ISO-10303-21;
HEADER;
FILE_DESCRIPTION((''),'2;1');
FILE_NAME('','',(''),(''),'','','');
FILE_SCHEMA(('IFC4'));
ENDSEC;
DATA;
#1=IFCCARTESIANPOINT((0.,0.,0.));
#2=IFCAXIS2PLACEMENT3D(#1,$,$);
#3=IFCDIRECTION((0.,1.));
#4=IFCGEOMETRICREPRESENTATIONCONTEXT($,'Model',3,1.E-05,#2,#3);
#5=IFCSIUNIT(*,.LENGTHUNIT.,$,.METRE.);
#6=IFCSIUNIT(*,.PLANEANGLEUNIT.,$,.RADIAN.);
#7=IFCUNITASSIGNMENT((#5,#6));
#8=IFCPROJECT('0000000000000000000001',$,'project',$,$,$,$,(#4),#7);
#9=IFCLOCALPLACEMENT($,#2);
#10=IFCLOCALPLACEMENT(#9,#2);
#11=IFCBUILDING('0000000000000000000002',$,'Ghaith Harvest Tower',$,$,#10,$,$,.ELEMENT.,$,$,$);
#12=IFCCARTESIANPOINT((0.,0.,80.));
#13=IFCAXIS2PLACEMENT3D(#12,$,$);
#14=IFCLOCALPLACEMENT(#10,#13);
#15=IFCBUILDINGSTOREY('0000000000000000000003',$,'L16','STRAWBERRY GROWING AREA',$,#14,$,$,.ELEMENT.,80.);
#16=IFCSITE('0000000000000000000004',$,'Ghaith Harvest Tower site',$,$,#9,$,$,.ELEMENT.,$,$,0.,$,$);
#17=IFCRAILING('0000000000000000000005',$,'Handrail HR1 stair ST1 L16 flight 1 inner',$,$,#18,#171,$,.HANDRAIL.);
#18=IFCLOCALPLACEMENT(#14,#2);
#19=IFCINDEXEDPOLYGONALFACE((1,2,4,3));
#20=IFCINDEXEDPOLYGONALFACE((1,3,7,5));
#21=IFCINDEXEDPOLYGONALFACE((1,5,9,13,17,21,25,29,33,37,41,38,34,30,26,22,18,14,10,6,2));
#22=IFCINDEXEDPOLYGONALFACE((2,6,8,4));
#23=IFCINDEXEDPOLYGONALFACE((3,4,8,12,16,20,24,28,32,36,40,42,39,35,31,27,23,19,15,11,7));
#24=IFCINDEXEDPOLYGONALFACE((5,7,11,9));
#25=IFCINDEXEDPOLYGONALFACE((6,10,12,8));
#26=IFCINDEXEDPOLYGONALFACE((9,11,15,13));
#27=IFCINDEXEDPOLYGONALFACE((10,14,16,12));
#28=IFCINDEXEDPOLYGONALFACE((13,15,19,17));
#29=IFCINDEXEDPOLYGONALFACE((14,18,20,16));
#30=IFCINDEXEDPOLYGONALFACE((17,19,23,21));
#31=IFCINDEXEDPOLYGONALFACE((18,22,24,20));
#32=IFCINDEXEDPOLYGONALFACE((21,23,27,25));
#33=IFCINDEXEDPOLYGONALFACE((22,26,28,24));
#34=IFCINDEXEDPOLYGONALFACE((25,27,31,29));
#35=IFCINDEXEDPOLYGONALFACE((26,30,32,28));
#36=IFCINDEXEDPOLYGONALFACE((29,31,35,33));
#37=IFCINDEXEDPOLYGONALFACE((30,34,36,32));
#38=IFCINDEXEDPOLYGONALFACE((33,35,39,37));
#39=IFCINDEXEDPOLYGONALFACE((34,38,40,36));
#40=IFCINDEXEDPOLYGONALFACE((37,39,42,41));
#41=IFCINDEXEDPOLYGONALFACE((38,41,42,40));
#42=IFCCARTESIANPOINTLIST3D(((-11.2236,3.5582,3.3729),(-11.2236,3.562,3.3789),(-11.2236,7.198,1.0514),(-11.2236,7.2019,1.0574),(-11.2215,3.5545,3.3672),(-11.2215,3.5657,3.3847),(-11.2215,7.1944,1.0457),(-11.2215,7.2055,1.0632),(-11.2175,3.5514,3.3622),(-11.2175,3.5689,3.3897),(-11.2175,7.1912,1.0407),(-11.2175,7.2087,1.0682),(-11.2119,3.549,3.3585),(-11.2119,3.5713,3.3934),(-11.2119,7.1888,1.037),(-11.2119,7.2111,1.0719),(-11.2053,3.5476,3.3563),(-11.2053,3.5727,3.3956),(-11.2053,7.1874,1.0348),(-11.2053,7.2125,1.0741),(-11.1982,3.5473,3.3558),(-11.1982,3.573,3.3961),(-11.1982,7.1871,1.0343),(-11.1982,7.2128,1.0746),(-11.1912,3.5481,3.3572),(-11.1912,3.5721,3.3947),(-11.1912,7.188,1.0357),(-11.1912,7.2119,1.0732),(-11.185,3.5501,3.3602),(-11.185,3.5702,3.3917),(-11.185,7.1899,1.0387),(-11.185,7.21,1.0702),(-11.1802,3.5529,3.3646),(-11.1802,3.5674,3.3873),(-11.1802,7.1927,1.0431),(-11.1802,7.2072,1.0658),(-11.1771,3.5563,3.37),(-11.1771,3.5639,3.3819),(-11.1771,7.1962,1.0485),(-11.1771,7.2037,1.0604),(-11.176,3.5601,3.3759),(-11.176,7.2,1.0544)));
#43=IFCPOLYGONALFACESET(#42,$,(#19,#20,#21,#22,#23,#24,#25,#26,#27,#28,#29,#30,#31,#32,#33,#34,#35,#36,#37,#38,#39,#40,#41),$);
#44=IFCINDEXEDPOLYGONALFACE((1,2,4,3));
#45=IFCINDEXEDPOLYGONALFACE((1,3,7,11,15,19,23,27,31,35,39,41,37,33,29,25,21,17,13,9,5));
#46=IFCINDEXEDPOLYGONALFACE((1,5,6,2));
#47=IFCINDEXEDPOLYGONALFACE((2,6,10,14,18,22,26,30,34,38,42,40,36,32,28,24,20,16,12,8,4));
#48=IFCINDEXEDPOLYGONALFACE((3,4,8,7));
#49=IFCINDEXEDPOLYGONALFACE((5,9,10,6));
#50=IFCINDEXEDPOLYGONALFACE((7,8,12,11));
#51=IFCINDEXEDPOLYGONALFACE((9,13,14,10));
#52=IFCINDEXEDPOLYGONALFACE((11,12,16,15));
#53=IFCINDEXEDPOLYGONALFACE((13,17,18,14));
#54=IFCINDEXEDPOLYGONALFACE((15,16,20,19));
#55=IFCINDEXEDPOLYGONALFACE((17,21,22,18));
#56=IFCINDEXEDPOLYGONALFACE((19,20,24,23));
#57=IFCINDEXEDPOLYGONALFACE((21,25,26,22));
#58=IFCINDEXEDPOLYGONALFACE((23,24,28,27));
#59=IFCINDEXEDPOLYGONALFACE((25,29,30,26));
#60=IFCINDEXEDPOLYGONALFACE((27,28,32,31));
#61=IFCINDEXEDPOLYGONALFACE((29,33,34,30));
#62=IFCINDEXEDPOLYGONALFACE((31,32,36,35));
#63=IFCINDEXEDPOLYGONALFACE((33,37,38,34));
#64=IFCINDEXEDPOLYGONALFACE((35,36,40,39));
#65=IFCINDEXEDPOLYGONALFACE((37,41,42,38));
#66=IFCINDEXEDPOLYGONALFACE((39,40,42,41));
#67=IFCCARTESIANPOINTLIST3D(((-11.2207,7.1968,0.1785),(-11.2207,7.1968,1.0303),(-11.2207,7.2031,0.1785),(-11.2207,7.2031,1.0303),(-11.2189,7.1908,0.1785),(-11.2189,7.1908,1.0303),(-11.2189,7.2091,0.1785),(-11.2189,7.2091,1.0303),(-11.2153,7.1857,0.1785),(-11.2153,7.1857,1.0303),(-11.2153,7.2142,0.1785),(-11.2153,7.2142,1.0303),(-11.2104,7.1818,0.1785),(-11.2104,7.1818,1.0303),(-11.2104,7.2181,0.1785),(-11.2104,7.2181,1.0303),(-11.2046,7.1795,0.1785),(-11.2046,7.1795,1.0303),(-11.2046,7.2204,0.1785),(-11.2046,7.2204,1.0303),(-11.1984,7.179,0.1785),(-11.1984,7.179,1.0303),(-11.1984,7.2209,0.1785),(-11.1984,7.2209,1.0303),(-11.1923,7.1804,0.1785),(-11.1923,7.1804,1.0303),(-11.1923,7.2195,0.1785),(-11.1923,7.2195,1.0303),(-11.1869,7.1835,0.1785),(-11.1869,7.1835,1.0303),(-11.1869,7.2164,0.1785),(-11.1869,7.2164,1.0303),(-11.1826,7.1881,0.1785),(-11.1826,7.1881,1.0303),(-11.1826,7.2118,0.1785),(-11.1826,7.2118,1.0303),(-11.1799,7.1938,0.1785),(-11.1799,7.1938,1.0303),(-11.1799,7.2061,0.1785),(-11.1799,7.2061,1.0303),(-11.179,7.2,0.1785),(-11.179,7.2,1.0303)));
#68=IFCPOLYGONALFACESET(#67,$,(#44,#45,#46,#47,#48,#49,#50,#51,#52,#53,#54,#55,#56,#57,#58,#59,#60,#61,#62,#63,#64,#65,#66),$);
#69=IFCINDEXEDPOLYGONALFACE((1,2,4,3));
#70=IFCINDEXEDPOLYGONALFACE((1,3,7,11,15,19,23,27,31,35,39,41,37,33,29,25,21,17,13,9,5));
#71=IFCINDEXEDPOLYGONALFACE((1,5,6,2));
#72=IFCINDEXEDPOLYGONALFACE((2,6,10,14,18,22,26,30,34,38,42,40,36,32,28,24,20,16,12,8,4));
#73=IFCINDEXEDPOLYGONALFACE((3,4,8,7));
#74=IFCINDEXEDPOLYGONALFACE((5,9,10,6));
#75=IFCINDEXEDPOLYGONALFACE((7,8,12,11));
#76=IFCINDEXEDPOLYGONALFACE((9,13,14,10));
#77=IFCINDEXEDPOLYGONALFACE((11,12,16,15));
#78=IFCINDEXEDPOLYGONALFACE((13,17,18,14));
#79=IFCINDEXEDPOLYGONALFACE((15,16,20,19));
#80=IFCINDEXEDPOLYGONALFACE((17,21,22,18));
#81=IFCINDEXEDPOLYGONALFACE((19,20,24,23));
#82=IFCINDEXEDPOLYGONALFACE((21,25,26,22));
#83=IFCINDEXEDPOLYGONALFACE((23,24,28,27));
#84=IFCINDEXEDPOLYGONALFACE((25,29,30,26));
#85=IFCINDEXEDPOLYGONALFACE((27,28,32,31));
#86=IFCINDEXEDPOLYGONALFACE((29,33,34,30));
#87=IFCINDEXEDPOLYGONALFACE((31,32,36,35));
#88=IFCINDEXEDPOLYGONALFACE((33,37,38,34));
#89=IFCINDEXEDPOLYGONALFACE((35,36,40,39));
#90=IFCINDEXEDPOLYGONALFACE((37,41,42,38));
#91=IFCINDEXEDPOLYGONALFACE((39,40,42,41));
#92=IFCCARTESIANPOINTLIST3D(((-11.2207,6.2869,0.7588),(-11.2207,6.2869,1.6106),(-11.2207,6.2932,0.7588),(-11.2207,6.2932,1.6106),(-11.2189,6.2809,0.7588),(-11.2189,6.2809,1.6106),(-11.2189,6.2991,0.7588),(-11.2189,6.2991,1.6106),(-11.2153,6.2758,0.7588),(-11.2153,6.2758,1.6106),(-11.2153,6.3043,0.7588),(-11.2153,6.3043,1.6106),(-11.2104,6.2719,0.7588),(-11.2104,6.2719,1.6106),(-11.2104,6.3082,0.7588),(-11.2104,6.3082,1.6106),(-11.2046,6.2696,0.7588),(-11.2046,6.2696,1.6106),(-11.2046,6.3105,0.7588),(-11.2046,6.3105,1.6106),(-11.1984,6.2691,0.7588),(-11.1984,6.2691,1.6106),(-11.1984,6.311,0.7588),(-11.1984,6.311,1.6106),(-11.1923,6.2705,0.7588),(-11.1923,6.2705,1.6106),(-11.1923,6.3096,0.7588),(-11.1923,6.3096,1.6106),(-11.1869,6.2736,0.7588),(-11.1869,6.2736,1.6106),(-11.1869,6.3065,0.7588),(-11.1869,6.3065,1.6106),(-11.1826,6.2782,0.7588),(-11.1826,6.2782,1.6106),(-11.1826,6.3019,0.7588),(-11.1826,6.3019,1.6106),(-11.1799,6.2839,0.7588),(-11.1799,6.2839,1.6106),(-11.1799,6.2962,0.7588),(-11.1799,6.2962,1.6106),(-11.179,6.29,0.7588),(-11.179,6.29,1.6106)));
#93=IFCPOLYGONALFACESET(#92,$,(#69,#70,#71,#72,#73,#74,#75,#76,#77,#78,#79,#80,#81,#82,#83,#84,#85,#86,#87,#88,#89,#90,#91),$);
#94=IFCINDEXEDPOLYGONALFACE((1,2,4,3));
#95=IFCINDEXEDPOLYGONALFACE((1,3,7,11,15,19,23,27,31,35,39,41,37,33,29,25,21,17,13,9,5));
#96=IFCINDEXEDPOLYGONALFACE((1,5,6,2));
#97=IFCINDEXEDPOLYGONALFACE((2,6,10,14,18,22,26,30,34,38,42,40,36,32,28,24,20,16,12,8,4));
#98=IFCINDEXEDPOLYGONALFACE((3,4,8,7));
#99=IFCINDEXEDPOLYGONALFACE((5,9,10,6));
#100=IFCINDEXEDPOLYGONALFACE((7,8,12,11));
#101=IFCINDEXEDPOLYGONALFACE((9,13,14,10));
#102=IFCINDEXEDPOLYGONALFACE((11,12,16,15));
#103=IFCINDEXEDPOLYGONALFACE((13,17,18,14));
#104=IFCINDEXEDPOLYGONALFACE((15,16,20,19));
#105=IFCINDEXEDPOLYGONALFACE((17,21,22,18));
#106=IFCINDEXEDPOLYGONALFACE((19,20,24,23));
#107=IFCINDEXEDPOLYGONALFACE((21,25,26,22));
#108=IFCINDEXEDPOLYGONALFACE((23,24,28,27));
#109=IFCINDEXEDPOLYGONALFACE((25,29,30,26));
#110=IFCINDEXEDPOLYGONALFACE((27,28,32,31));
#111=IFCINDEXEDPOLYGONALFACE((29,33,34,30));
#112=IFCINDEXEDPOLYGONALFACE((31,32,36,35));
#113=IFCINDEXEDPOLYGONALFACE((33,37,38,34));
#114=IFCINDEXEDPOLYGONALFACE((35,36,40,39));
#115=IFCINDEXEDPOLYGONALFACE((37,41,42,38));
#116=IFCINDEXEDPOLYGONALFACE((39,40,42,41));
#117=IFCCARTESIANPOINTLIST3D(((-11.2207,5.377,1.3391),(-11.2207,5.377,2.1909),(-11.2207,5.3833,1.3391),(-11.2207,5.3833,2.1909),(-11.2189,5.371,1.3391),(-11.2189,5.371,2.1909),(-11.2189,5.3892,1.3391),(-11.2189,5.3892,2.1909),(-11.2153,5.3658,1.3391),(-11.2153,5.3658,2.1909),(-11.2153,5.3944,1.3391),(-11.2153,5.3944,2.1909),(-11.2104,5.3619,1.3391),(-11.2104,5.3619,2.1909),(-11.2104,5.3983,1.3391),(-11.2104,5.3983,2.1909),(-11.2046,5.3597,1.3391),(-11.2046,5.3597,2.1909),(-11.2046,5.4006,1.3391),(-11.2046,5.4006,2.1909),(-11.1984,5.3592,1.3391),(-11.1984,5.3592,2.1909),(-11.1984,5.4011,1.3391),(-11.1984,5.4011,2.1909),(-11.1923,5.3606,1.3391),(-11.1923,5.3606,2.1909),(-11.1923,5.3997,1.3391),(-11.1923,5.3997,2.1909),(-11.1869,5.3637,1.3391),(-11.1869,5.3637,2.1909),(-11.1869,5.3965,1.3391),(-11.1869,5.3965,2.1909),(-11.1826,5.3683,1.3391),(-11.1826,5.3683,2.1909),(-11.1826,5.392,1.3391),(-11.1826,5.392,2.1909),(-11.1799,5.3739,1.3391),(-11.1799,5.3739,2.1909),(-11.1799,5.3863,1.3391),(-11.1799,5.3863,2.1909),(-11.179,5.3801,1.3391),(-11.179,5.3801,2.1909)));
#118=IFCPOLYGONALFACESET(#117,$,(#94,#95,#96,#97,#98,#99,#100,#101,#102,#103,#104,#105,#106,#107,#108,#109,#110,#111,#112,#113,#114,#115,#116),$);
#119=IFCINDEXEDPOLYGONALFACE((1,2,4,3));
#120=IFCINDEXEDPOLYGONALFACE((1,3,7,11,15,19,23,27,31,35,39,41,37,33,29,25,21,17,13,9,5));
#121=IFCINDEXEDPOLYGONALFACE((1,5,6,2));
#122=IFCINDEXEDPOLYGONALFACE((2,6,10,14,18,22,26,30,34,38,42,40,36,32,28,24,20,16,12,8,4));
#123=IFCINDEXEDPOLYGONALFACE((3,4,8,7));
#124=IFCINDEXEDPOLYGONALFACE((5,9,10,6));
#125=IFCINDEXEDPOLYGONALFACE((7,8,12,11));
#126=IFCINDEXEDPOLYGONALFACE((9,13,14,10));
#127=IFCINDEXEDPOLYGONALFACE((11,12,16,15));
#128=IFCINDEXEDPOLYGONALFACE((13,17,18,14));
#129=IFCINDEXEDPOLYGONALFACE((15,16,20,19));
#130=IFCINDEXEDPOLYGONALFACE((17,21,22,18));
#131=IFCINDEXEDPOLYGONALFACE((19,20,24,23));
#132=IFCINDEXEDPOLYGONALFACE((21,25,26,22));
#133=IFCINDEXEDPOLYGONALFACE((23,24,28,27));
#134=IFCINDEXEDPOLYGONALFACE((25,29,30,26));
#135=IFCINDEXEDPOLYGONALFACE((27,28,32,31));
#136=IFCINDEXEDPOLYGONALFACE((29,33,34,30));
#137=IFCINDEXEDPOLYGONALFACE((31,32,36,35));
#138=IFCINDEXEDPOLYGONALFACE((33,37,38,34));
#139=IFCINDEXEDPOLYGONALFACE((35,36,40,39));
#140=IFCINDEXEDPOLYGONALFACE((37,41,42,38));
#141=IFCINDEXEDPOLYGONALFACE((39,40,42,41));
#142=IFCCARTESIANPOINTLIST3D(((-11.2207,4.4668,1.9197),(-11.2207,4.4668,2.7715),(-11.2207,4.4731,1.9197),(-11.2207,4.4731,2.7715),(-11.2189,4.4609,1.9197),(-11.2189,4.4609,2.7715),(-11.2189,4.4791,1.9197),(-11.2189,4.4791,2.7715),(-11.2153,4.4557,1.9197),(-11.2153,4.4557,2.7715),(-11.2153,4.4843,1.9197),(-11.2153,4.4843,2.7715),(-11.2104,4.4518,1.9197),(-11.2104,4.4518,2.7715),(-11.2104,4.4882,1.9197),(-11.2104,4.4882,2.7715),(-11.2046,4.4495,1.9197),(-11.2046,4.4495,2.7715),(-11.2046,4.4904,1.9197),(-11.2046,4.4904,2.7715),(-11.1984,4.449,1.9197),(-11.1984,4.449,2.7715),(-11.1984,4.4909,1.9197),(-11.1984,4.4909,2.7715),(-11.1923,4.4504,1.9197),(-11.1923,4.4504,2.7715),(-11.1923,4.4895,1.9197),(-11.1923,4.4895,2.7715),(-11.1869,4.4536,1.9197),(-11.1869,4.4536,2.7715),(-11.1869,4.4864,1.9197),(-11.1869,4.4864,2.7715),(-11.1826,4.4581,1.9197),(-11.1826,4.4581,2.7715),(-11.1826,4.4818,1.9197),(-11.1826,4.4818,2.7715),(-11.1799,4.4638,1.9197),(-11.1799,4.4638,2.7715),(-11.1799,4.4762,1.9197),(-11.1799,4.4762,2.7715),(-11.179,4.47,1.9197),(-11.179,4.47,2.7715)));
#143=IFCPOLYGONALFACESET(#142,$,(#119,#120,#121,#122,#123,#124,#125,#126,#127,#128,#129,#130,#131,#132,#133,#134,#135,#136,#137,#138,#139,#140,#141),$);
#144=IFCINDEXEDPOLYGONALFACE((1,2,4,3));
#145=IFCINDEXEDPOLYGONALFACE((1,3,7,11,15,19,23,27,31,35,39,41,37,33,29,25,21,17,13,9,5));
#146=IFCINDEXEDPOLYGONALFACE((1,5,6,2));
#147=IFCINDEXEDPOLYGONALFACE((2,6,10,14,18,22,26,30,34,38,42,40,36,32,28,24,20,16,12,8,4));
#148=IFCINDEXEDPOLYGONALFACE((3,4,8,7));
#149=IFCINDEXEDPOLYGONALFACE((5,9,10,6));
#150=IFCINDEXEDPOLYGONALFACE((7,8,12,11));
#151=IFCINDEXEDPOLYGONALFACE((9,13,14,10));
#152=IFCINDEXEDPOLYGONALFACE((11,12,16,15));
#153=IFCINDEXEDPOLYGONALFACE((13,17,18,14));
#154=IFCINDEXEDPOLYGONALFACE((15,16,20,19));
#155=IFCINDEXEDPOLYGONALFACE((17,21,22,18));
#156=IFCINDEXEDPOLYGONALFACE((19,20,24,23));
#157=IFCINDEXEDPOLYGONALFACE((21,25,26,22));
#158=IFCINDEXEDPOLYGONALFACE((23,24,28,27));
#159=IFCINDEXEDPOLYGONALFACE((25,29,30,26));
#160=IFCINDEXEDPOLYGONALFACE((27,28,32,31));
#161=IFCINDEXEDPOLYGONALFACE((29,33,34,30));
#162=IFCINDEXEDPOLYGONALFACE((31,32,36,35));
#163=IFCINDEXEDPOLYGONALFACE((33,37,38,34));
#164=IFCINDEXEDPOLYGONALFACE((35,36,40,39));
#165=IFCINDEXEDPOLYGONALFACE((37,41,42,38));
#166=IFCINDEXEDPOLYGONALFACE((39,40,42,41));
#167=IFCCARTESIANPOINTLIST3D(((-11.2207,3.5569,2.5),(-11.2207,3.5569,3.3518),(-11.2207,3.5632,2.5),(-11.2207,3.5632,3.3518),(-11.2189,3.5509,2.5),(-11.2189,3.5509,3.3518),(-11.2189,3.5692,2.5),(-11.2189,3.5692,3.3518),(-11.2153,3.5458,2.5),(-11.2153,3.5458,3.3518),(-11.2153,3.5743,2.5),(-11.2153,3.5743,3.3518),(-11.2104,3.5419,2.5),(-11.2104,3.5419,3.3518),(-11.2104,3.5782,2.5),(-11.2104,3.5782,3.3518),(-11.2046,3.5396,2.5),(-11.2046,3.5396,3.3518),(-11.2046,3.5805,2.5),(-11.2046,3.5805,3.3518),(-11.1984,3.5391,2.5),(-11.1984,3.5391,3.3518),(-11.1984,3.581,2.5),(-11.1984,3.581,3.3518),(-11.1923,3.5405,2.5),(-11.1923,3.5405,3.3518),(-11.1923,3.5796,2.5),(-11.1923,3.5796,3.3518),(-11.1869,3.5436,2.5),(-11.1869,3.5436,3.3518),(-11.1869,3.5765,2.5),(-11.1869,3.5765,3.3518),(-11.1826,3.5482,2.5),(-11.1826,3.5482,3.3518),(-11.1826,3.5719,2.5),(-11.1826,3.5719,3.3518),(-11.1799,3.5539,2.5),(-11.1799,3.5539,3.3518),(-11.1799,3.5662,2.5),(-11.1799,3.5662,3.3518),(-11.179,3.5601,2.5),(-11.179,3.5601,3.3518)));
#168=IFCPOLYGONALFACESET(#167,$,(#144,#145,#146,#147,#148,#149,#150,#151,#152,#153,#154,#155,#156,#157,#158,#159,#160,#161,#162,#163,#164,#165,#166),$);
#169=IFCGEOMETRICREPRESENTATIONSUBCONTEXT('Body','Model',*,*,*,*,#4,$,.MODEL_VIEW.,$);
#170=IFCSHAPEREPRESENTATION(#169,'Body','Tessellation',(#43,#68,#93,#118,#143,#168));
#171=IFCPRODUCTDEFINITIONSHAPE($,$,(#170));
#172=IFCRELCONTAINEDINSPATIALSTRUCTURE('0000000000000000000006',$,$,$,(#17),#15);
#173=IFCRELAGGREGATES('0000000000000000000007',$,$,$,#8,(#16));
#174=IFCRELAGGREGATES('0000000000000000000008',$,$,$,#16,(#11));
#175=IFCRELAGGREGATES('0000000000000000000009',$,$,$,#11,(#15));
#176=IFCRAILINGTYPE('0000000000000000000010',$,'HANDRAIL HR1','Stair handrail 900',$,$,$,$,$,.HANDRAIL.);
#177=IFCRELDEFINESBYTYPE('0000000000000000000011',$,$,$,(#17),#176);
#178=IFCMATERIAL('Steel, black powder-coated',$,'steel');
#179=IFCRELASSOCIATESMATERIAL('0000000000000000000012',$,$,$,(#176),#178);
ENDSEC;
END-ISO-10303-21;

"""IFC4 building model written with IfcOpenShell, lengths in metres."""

from ifc_helpers import new_model, si_unit, direction, frame, origin, origin_2d, place, context, subcontext, project, spatial, circle, extrude, material, type_object, element, save


model = new_model("IFC4")

# Units and contexts
model_context = context("Model", 3, precision=1e-05, world=origin(), true_north=direction((0.0, 1.0)))
body_context = subcontext(model_context, "Body", "Model", "MODEL_VIEW")
ifc_project = project(units=[si_unit("LENGTHUNIT", "METRE"), si_unit("PLANEANGLEUNIT", "RADIAN")], contexts=[model_context])

# Site, building, storey
site_placement = place(None, origin())
site = spatial("IfcSite", under=ifc_project, at=site_placement, Name="Ghaith Harvest Tower site", CompositionType="ELEMENT", RefElevation=0.0)
building_placement = place(site_placement, origin())
building = spatial("IfcBuilding", under=site, at=building_placement, Name="Ghaith Harvest Tower", CompositionType="ELEMENT")
storey_placement = place(building_placement, frame((0.0, 0.0, 80.0)))
storey = spatial("IfcBuildingStorey", under=building, at=storey_placement, Name="L16", Description="STRAWBERRY GROWING AREA", CompositionType="ELEMENT", Elevation=80.0)

# Railing
ifc_material_1 = material(Name="Steel, black powder-coated", Category="steel")
railing_type = type_object("IfcRailingType", Name="HANDRAIL HR1", Description="Stair handrail 900", PredefinedType="HANDRAIL", material=ifc_material_1)
railing_1_placement = place(storey_placement, frame((-11.2, 7.2, 0.1785)))
element("IfcRailing", 1, at=railing_1_placement, inside=storey, type_object=railing_type, Name="Handrail HR1 stair ST1 L16 flight 1 inner", PredefinedType="HANDRAIL", context=body_context, shape_type="SweptSolid", body=[
    extrude(circle(Radius=0.0239, at=origin_2d()), frame((0.0, 0.0, 0.876), z_axis=(0.0, -0.843112, 0.537739), x_axis=(1.0, 0.0, 0.0)), (0.0, 0.0, 1.0), 4.3171),
    extrude(circle(Radius=0.021, at=origin_2d()), origin(), (0.0, 0.0, 1.0), 0.8518),
    extrude(circle(Radius=0.021, at=origin_2d()), frame((0.0, -0.9099, 0.5803)), (0.0, 0.0, 1.0), 0.8518),
    extrude(circle(Radius=0.021, at=origin_2d()), frame((0.0, -1.8198, 1.1606)), (0.0, 0.0, 1.0), 0.8518),
    extrude(circle(Radius=0.021, at=origin_2d()), frame((0.0, -2.73, 1.7412)), (0.0, 0.0, 1.0), 0.8518),
    extrude(circle(Radius=0.021, at=origin_2d()), frame((0.0, -3.6399, 2.3215)), (0.0, 0.0, 1.0), 0.8518),
])

save(model, "model.ifc")
